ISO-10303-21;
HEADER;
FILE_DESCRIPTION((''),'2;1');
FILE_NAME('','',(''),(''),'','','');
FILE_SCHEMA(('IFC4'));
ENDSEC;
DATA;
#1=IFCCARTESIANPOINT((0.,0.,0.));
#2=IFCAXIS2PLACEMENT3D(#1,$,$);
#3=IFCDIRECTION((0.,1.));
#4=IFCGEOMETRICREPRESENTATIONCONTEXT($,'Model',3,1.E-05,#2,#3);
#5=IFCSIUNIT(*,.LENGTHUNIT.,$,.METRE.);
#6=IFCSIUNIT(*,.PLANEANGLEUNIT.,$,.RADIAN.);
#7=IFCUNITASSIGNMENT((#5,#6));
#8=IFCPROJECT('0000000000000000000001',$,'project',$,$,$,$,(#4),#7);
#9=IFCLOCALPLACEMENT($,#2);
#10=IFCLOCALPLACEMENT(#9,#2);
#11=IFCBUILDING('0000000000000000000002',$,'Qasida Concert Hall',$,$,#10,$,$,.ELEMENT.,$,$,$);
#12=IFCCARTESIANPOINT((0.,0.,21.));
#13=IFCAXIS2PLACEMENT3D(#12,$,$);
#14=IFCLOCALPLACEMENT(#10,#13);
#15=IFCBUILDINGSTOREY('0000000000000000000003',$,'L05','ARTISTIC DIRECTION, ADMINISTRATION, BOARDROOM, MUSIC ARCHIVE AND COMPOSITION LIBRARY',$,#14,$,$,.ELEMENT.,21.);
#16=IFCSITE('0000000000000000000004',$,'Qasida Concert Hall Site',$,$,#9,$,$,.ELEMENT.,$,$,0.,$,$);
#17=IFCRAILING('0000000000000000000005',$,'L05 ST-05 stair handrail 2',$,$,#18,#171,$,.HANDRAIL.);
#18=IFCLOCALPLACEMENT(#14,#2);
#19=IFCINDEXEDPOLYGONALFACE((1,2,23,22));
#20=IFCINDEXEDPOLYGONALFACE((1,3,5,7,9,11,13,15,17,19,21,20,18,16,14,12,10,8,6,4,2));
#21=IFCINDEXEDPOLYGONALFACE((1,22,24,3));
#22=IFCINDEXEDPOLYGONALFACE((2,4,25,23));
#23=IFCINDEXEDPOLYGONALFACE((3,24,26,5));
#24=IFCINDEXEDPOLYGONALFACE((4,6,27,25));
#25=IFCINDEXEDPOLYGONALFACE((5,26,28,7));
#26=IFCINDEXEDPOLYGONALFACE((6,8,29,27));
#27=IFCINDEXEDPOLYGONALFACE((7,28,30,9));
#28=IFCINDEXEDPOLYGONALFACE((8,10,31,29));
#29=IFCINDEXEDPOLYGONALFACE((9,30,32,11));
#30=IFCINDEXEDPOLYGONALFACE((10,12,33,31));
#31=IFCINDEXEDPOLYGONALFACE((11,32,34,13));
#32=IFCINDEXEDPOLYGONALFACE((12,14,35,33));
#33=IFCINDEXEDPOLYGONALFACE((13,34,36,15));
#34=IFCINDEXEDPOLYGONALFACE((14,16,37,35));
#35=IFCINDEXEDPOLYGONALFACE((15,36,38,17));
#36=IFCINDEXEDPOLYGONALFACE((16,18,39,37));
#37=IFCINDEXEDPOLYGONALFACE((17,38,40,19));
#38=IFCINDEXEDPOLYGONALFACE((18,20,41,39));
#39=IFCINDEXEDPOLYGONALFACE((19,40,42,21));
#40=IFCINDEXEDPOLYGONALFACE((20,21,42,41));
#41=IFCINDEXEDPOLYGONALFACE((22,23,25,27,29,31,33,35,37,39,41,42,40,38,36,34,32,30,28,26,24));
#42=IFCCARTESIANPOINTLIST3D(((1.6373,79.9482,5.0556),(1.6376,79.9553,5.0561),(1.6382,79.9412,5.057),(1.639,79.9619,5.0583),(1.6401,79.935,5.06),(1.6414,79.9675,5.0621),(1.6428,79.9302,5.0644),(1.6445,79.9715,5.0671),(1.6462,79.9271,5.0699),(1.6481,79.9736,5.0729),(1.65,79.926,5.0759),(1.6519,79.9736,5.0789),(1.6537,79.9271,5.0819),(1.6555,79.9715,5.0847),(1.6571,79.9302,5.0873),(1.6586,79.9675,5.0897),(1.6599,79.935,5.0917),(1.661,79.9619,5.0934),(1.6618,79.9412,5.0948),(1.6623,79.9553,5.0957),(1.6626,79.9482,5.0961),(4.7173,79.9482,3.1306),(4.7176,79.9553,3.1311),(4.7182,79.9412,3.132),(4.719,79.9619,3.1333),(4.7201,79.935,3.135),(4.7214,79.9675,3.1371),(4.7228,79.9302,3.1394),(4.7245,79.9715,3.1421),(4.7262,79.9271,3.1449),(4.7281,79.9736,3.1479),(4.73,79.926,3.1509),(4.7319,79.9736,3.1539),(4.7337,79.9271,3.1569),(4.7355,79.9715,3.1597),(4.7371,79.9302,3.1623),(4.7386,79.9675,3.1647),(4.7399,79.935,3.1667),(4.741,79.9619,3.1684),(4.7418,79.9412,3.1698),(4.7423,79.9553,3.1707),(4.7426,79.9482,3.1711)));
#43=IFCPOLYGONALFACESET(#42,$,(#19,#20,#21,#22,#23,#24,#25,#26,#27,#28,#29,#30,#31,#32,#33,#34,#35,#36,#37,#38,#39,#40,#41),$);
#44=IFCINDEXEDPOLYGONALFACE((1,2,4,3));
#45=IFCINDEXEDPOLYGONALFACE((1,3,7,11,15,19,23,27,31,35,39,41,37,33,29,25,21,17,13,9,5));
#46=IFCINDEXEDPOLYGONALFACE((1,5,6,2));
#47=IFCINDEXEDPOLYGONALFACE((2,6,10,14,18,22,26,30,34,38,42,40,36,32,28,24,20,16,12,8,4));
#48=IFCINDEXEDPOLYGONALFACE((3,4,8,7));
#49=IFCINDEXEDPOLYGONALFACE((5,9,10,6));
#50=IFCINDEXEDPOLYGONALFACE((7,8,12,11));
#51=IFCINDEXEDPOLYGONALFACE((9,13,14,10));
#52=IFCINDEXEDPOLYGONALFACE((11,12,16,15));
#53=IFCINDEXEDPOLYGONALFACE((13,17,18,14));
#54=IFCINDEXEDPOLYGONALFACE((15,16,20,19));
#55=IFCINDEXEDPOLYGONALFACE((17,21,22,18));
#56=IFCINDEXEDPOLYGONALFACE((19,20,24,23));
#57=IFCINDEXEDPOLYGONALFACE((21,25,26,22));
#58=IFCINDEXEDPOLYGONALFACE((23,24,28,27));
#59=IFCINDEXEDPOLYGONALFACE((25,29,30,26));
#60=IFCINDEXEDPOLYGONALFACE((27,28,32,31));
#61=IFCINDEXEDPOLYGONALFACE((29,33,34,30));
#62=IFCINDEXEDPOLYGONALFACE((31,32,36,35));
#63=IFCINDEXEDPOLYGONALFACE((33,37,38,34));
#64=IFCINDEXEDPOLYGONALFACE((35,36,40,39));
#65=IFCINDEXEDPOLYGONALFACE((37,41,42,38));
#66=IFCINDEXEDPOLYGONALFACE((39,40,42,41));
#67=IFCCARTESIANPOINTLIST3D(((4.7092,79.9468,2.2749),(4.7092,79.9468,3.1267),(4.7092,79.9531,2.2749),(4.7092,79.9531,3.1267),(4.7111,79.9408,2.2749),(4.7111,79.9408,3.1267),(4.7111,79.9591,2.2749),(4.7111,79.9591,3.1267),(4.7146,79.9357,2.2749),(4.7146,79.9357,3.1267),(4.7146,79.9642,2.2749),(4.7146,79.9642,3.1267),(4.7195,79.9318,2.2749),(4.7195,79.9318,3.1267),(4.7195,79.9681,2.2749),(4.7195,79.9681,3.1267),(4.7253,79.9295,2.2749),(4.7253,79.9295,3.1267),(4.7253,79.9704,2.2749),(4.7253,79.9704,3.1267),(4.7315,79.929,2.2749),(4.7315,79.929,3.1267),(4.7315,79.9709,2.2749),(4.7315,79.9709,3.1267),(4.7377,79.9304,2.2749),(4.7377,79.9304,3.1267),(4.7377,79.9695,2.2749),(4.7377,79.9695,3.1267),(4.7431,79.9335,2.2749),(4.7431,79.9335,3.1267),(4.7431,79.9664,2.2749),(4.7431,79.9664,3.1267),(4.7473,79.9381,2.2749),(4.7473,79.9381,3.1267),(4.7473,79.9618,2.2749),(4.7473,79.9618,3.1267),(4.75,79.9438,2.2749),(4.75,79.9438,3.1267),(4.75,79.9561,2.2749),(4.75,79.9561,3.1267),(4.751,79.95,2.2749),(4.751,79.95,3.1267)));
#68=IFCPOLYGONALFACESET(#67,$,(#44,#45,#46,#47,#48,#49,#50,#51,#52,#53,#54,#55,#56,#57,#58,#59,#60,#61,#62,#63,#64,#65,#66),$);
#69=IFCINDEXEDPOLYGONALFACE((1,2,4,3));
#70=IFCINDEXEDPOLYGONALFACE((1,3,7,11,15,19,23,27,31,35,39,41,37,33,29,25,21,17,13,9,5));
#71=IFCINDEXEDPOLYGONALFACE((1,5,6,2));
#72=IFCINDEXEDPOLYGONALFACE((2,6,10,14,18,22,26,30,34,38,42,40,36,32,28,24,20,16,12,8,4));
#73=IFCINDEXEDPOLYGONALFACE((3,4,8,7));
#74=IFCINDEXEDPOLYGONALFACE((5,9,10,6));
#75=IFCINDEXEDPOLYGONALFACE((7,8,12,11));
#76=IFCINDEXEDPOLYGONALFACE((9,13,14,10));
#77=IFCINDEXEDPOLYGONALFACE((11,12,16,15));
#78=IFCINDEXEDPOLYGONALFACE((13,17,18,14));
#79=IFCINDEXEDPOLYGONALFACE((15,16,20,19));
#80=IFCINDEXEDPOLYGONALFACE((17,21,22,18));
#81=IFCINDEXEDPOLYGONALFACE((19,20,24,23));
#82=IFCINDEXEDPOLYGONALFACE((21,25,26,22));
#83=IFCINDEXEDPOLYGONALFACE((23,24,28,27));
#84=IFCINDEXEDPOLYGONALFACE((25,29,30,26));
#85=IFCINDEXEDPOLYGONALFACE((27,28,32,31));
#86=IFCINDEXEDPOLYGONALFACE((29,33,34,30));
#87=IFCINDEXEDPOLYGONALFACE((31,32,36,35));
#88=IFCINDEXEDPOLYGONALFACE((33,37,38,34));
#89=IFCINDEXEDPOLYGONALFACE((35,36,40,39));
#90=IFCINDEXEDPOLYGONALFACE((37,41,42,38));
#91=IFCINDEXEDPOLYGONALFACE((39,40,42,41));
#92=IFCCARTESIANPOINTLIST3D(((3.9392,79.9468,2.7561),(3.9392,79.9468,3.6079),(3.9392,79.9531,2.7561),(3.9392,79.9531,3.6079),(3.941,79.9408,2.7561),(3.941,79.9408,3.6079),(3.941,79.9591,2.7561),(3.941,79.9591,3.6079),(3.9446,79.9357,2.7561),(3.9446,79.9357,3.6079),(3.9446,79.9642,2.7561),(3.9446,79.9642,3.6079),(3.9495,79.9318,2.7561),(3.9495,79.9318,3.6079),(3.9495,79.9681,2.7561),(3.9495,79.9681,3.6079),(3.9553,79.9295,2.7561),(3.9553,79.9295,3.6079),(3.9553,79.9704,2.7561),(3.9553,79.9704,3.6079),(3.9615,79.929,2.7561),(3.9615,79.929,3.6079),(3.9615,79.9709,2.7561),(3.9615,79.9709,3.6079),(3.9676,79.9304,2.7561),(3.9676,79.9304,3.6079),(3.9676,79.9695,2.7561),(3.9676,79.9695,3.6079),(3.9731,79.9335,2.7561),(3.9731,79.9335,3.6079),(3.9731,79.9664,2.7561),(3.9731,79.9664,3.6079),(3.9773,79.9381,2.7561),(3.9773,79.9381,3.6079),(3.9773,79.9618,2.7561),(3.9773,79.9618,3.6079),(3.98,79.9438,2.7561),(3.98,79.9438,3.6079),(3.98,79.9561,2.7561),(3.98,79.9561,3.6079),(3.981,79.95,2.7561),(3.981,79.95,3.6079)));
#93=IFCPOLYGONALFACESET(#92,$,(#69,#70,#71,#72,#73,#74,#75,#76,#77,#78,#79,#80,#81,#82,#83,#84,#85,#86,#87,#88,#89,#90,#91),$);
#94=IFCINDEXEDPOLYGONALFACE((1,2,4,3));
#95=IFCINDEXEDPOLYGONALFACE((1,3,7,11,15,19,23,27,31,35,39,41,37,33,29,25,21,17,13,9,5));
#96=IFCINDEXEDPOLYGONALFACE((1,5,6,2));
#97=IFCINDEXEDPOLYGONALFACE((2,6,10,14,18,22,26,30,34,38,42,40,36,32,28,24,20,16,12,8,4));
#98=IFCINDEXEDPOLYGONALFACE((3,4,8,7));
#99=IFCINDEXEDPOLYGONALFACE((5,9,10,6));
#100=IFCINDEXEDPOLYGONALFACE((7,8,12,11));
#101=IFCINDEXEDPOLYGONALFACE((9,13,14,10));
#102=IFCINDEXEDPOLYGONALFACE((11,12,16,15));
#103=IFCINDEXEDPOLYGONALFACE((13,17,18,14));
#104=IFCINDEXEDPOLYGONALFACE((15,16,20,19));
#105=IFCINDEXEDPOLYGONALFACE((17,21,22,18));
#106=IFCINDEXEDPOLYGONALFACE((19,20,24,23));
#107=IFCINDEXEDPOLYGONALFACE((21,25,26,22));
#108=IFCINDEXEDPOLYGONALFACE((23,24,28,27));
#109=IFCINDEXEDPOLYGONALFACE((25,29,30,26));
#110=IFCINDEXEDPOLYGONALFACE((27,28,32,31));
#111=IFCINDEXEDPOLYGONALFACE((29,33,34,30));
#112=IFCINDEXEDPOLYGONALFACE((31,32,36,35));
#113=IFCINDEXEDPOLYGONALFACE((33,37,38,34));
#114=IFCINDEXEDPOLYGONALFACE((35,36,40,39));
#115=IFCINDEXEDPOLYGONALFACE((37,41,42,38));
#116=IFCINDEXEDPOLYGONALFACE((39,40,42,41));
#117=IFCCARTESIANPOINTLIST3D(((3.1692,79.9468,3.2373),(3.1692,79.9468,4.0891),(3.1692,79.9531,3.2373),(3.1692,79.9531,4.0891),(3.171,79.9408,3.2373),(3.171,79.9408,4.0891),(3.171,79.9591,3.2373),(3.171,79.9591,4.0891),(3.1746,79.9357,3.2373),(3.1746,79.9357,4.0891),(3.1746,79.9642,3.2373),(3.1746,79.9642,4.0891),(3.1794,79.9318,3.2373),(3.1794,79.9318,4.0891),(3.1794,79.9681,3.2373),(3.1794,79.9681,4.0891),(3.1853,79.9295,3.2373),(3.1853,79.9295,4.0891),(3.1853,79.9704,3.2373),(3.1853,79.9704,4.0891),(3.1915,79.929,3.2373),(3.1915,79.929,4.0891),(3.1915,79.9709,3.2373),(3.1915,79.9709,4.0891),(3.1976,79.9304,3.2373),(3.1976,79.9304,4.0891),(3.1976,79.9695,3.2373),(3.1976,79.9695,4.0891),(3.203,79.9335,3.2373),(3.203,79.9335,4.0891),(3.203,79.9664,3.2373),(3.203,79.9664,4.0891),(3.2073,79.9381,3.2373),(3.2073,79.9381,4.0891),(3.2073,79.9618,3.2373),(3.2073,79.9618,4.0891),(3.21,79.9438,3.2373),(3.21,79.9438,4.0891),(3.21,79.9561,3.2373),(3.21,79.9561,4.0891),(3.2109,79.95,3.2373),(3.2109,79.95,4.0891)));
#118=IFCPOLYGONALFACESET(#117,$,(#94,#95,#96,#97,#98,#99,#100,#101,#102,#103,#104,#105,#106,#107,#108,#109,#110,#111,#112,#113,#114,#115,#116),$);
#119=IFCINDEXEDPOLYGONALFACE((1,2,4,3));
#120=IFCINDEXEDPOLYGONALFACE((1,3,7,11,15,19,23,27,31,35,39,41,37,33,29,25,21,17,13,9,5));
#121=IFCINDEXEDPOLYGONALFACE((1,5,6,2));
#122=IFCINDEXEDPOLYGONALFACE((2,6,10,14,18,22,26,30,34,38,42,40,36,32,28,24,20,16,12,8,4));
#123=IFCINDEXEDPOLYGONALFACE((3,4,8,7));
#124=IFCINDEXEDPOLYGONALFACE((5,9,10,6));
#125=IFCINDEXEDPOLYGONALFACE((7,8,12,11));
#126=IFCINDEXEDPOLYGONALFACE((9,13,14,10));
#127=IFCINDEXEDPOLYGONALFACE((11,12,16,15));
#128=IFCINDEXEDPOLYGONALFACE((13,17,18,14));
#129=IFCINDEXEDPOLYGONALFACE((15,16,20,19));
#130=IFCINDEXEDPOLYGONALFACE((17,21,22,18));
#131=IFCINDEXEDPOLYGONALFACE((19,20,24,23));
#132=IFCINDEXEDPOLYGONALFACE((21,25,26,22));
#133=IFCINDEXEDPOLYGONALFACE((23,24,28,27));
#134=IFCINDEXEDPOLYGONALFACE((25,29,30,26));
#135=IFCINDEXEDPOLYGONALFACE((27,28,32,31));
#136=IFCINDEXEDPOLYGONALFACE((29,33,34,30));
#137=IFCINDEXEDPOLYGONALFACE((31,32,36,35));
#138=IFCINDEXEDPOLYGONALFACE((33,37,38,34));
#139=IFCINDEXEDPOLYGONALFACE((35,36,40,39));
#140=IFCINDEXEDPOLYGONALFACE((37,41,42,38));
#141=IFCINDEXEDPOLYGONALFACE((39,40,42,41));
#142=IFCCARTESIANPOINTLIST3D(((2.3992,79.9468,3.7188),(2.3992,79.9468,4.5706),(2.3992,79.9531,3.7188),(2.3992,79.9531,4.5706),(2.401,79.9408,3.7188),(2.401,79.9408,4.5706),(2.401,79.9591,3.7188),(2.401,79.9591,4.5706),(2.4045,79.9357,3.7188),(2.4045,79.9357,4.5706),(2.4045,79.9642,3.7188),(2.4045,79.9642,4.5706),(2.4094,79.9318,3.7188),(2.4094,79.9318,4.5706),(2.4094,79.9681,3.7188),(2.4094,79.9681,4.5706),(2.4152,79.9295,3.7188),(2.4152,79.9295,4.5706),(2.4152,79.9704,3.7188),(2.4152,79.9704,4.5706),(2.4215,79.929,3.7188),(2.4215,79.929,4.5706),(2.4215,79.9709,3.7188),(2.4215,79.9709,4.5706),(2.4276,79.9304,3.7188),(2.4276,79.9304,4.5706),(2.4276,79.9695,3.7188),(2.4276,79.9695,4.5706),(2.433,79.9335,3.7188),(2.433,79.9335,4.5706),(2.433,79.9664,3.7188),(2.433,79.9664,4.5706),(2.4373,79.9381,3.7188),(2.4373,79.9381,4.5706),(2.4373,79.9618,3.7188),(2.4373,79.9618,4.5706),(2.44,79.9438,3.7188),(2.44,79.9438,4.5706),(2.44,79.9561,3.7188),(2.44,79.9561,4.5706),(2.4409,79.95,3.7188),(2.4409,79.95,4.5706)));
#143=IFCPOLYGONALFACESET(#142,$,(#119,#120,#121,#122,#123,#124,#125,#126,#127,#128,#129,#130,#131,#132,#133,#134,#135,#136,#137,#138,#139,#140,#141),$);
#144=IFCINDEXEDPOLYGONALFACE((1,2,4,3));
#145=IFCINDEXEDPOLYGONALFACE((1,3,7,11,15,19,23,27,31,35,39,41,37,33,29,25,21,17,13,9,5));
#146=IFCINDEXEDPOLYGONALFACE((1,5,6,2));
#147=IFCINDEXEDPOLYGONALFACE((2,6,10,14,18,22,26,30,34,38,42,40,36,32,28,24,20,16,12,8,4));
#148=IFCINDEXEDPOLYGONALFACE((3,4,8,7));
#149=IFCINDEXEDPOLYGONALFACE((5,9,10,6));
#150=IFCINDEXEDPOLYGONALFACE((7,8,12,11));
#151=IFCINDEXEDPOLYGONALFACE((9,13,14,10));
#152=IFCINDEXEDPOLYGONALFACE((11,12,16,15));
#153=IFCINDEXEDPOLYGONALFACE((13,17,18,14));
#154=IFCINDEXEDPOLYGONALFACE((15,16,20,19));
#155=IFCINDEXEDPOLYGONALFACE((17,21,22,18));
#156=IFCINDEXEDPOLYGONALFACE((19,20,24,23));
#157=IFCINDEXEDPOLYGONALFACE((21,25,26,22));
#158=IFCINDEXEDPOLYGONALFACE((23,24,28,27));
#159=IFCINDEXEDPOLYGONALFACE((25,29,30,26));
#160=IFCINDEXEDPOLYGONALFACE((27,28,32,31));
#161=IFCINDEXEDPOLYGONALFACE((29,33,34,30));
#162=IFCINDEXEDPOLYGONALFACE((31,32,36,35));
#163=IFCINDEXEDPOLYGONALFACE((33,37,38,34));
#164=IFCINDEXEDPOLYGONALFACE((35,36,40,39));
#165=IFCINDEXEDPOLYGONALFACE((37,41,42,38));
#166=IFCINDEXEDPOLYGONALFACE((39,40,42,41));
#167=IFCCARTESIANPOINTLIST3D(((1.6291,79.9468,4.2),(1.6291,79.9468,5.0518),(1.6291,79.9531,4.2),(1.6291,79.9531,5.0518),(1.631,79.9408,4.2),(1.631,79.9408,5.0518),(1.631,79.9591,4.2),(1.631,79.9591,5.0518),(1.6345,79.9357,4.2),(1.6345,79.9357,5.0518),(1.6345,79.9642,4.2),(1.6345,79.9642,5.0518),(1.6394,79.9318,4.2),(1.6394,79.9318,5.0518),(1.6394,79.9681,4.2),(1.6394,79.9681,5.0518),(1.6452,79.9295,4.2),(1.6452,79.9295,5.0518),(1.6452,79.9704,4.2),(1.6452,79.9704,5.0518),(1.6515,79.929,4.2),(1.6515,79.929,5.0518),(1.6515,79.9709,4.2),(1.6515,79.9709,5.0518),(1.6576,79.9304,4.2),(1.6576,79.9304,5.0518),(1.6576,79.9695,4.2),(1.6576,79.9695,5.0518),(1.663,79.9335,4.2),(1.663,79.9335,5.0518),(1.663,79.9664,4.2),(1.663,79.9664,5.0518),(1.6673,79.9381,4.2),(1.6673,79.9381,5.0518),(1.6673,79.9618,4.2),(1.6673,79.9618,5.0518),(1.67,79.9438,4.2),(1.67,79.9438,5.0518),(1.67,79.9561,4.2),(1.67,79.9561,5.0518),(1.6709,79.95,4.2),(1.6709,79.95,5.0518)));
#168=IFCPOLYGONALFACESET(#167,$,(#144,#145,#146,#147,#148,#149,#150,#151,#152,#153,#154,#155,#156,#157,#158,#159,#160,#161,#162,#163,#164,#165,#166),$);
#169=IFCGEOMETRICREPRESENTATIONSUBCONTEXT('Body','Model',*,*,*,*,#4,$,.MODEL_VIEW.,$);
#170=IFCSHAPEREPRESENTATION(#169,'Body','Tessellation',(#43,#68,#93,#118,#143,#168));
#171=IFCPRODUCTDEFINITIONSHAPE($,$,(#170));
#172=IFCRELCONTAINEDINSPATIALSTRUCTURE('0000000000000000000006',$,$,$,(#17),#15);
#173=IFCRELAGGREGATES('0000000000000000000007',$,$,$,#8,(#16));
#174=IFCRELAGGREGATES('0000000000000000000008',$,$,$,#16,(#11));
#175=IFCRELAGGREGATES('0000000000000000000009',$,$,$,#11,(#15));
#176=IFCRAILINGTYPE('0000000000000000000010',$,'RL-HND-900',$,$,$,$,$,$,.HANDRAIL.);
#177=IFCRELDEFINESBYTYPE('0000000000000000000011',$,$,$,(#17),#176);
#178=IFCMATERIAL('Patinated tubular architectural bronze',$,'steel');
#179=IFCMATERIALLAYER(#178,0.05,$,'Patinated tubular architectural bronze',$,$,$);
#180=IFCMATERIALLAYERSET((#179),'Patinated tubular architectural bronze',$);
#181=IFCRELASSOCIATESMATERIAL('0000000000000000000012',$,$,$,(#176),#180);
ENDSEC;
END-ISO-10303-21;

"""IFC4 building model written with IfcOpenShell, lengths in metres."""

from ifc_helpers import new_model, si_unit, direction, frame, origin, origin_2d, place, context, subcontext, project, spatial, circle, extrude, material, layer, layer_set, type_object, element, save


model = new_model("IFC4")

# Units and contexts
model_context = context("Model", 3, precision=1e-05, world=origin(), true_north=direction((0.0, 1.0)))
body_context = subcontext(model_context, "Body", "Model", "MODEL_VIEW")
ifc_project = project(units=[si_unit("LENGTHUNIT", "METRE"), si_unit("PLANEANGLEUNIT", "RADIAN")], contexts=[model_context])

# Site, building, storey
site_placement = place(None, origin())
site = spatial("IfcSite", under=ifc_project, at=site_placement, Name="Qasida Concert Hall Site", CompositionType="ELEMENT", RefElevation=0.0)
building_placement = place(site_placement, origin())
building = spatial("IfcBuilding", under=site, at=building_placement, Name="Qasida Concert Hall", CompositionType="ELEMENT")
storey_placement = place(building_placement, frame((0.0, 0.0, 21.0)))
storey = spatial("IfcBuildingStorey", under=building, at=storey_placement, Name="L05", Description="ARTISTIC DIRECTION, ADMINISTRATION, BOARDROOM, MUSIC ARCHIVE AND COMPOSITION LIBRARY", CompositionType="ELEMENT", Elevation=21.0)

# Railing
ifc_material_1 = material(Name="Patinated tubular architectural bronze", Category="steel")
ifc_layer_1 = layer(ifc_material_1, 0.05, Name="Patinated tubular architectural bronze")
ifc_layer_set_1 = layer_set([ifc_layer_1], Name="Patinated tubular architectural bronze")
railing_type = type_object("IfcRailingType", Name="RL-HND-900", PredefinedType="HANDRAIL", material=ifc_layer_set_1)
railing_placement = place(storey_placement, frame((4.73, 79.95, 2.2749)))
element("IfcRailing", 1, at=railing_placement, inside=storey, type_object=railing_type, Name="L05 ST-05 stair handrail 2", PredefinedType="HANDRAIL", context=body_context, shape_type="SweptSolid", body=[
    extrude(circle(Radius=0.0239, at=origin_2d()), frame((0.0, 0.0, 0.876), z_axis=(-0.847998, 0.0, 0.529999), x_axis=(0.0, -1.0, 0.0)), (0.0, 0.0, 1.0), 3.6321),
    extrude(circle(Radius=0.021, at=origin_2d()), origin(), (0.0, 0.0, 1.0), 0.8518),
    extrude(circle(Radius=0.021, at=origin_2d()), frame((-0.77, 0.0, 0.4812)), (0.0, 0.0, 1.0), 0.8518),
    extrude(circle(Radius=0.021, at=origin_2d()), frame((-1.54, 0.0, 0.9624)), (0.0, 0.0, 1.0), 0.8518),
    extrude(circle(Radius=0.021, at=origin_2d()), frame((-2.3101, 0.0, 1.4438)), (0.0, 0.0, 1.0), 0.8518),
    extrude(circle(Radius=0.021, at=origin_2d()), frame((-3.0801, 0.0, 1.925)), (0.0, 0.0, 1.0), 0.8518),
])

save(model, "model.ifc")
